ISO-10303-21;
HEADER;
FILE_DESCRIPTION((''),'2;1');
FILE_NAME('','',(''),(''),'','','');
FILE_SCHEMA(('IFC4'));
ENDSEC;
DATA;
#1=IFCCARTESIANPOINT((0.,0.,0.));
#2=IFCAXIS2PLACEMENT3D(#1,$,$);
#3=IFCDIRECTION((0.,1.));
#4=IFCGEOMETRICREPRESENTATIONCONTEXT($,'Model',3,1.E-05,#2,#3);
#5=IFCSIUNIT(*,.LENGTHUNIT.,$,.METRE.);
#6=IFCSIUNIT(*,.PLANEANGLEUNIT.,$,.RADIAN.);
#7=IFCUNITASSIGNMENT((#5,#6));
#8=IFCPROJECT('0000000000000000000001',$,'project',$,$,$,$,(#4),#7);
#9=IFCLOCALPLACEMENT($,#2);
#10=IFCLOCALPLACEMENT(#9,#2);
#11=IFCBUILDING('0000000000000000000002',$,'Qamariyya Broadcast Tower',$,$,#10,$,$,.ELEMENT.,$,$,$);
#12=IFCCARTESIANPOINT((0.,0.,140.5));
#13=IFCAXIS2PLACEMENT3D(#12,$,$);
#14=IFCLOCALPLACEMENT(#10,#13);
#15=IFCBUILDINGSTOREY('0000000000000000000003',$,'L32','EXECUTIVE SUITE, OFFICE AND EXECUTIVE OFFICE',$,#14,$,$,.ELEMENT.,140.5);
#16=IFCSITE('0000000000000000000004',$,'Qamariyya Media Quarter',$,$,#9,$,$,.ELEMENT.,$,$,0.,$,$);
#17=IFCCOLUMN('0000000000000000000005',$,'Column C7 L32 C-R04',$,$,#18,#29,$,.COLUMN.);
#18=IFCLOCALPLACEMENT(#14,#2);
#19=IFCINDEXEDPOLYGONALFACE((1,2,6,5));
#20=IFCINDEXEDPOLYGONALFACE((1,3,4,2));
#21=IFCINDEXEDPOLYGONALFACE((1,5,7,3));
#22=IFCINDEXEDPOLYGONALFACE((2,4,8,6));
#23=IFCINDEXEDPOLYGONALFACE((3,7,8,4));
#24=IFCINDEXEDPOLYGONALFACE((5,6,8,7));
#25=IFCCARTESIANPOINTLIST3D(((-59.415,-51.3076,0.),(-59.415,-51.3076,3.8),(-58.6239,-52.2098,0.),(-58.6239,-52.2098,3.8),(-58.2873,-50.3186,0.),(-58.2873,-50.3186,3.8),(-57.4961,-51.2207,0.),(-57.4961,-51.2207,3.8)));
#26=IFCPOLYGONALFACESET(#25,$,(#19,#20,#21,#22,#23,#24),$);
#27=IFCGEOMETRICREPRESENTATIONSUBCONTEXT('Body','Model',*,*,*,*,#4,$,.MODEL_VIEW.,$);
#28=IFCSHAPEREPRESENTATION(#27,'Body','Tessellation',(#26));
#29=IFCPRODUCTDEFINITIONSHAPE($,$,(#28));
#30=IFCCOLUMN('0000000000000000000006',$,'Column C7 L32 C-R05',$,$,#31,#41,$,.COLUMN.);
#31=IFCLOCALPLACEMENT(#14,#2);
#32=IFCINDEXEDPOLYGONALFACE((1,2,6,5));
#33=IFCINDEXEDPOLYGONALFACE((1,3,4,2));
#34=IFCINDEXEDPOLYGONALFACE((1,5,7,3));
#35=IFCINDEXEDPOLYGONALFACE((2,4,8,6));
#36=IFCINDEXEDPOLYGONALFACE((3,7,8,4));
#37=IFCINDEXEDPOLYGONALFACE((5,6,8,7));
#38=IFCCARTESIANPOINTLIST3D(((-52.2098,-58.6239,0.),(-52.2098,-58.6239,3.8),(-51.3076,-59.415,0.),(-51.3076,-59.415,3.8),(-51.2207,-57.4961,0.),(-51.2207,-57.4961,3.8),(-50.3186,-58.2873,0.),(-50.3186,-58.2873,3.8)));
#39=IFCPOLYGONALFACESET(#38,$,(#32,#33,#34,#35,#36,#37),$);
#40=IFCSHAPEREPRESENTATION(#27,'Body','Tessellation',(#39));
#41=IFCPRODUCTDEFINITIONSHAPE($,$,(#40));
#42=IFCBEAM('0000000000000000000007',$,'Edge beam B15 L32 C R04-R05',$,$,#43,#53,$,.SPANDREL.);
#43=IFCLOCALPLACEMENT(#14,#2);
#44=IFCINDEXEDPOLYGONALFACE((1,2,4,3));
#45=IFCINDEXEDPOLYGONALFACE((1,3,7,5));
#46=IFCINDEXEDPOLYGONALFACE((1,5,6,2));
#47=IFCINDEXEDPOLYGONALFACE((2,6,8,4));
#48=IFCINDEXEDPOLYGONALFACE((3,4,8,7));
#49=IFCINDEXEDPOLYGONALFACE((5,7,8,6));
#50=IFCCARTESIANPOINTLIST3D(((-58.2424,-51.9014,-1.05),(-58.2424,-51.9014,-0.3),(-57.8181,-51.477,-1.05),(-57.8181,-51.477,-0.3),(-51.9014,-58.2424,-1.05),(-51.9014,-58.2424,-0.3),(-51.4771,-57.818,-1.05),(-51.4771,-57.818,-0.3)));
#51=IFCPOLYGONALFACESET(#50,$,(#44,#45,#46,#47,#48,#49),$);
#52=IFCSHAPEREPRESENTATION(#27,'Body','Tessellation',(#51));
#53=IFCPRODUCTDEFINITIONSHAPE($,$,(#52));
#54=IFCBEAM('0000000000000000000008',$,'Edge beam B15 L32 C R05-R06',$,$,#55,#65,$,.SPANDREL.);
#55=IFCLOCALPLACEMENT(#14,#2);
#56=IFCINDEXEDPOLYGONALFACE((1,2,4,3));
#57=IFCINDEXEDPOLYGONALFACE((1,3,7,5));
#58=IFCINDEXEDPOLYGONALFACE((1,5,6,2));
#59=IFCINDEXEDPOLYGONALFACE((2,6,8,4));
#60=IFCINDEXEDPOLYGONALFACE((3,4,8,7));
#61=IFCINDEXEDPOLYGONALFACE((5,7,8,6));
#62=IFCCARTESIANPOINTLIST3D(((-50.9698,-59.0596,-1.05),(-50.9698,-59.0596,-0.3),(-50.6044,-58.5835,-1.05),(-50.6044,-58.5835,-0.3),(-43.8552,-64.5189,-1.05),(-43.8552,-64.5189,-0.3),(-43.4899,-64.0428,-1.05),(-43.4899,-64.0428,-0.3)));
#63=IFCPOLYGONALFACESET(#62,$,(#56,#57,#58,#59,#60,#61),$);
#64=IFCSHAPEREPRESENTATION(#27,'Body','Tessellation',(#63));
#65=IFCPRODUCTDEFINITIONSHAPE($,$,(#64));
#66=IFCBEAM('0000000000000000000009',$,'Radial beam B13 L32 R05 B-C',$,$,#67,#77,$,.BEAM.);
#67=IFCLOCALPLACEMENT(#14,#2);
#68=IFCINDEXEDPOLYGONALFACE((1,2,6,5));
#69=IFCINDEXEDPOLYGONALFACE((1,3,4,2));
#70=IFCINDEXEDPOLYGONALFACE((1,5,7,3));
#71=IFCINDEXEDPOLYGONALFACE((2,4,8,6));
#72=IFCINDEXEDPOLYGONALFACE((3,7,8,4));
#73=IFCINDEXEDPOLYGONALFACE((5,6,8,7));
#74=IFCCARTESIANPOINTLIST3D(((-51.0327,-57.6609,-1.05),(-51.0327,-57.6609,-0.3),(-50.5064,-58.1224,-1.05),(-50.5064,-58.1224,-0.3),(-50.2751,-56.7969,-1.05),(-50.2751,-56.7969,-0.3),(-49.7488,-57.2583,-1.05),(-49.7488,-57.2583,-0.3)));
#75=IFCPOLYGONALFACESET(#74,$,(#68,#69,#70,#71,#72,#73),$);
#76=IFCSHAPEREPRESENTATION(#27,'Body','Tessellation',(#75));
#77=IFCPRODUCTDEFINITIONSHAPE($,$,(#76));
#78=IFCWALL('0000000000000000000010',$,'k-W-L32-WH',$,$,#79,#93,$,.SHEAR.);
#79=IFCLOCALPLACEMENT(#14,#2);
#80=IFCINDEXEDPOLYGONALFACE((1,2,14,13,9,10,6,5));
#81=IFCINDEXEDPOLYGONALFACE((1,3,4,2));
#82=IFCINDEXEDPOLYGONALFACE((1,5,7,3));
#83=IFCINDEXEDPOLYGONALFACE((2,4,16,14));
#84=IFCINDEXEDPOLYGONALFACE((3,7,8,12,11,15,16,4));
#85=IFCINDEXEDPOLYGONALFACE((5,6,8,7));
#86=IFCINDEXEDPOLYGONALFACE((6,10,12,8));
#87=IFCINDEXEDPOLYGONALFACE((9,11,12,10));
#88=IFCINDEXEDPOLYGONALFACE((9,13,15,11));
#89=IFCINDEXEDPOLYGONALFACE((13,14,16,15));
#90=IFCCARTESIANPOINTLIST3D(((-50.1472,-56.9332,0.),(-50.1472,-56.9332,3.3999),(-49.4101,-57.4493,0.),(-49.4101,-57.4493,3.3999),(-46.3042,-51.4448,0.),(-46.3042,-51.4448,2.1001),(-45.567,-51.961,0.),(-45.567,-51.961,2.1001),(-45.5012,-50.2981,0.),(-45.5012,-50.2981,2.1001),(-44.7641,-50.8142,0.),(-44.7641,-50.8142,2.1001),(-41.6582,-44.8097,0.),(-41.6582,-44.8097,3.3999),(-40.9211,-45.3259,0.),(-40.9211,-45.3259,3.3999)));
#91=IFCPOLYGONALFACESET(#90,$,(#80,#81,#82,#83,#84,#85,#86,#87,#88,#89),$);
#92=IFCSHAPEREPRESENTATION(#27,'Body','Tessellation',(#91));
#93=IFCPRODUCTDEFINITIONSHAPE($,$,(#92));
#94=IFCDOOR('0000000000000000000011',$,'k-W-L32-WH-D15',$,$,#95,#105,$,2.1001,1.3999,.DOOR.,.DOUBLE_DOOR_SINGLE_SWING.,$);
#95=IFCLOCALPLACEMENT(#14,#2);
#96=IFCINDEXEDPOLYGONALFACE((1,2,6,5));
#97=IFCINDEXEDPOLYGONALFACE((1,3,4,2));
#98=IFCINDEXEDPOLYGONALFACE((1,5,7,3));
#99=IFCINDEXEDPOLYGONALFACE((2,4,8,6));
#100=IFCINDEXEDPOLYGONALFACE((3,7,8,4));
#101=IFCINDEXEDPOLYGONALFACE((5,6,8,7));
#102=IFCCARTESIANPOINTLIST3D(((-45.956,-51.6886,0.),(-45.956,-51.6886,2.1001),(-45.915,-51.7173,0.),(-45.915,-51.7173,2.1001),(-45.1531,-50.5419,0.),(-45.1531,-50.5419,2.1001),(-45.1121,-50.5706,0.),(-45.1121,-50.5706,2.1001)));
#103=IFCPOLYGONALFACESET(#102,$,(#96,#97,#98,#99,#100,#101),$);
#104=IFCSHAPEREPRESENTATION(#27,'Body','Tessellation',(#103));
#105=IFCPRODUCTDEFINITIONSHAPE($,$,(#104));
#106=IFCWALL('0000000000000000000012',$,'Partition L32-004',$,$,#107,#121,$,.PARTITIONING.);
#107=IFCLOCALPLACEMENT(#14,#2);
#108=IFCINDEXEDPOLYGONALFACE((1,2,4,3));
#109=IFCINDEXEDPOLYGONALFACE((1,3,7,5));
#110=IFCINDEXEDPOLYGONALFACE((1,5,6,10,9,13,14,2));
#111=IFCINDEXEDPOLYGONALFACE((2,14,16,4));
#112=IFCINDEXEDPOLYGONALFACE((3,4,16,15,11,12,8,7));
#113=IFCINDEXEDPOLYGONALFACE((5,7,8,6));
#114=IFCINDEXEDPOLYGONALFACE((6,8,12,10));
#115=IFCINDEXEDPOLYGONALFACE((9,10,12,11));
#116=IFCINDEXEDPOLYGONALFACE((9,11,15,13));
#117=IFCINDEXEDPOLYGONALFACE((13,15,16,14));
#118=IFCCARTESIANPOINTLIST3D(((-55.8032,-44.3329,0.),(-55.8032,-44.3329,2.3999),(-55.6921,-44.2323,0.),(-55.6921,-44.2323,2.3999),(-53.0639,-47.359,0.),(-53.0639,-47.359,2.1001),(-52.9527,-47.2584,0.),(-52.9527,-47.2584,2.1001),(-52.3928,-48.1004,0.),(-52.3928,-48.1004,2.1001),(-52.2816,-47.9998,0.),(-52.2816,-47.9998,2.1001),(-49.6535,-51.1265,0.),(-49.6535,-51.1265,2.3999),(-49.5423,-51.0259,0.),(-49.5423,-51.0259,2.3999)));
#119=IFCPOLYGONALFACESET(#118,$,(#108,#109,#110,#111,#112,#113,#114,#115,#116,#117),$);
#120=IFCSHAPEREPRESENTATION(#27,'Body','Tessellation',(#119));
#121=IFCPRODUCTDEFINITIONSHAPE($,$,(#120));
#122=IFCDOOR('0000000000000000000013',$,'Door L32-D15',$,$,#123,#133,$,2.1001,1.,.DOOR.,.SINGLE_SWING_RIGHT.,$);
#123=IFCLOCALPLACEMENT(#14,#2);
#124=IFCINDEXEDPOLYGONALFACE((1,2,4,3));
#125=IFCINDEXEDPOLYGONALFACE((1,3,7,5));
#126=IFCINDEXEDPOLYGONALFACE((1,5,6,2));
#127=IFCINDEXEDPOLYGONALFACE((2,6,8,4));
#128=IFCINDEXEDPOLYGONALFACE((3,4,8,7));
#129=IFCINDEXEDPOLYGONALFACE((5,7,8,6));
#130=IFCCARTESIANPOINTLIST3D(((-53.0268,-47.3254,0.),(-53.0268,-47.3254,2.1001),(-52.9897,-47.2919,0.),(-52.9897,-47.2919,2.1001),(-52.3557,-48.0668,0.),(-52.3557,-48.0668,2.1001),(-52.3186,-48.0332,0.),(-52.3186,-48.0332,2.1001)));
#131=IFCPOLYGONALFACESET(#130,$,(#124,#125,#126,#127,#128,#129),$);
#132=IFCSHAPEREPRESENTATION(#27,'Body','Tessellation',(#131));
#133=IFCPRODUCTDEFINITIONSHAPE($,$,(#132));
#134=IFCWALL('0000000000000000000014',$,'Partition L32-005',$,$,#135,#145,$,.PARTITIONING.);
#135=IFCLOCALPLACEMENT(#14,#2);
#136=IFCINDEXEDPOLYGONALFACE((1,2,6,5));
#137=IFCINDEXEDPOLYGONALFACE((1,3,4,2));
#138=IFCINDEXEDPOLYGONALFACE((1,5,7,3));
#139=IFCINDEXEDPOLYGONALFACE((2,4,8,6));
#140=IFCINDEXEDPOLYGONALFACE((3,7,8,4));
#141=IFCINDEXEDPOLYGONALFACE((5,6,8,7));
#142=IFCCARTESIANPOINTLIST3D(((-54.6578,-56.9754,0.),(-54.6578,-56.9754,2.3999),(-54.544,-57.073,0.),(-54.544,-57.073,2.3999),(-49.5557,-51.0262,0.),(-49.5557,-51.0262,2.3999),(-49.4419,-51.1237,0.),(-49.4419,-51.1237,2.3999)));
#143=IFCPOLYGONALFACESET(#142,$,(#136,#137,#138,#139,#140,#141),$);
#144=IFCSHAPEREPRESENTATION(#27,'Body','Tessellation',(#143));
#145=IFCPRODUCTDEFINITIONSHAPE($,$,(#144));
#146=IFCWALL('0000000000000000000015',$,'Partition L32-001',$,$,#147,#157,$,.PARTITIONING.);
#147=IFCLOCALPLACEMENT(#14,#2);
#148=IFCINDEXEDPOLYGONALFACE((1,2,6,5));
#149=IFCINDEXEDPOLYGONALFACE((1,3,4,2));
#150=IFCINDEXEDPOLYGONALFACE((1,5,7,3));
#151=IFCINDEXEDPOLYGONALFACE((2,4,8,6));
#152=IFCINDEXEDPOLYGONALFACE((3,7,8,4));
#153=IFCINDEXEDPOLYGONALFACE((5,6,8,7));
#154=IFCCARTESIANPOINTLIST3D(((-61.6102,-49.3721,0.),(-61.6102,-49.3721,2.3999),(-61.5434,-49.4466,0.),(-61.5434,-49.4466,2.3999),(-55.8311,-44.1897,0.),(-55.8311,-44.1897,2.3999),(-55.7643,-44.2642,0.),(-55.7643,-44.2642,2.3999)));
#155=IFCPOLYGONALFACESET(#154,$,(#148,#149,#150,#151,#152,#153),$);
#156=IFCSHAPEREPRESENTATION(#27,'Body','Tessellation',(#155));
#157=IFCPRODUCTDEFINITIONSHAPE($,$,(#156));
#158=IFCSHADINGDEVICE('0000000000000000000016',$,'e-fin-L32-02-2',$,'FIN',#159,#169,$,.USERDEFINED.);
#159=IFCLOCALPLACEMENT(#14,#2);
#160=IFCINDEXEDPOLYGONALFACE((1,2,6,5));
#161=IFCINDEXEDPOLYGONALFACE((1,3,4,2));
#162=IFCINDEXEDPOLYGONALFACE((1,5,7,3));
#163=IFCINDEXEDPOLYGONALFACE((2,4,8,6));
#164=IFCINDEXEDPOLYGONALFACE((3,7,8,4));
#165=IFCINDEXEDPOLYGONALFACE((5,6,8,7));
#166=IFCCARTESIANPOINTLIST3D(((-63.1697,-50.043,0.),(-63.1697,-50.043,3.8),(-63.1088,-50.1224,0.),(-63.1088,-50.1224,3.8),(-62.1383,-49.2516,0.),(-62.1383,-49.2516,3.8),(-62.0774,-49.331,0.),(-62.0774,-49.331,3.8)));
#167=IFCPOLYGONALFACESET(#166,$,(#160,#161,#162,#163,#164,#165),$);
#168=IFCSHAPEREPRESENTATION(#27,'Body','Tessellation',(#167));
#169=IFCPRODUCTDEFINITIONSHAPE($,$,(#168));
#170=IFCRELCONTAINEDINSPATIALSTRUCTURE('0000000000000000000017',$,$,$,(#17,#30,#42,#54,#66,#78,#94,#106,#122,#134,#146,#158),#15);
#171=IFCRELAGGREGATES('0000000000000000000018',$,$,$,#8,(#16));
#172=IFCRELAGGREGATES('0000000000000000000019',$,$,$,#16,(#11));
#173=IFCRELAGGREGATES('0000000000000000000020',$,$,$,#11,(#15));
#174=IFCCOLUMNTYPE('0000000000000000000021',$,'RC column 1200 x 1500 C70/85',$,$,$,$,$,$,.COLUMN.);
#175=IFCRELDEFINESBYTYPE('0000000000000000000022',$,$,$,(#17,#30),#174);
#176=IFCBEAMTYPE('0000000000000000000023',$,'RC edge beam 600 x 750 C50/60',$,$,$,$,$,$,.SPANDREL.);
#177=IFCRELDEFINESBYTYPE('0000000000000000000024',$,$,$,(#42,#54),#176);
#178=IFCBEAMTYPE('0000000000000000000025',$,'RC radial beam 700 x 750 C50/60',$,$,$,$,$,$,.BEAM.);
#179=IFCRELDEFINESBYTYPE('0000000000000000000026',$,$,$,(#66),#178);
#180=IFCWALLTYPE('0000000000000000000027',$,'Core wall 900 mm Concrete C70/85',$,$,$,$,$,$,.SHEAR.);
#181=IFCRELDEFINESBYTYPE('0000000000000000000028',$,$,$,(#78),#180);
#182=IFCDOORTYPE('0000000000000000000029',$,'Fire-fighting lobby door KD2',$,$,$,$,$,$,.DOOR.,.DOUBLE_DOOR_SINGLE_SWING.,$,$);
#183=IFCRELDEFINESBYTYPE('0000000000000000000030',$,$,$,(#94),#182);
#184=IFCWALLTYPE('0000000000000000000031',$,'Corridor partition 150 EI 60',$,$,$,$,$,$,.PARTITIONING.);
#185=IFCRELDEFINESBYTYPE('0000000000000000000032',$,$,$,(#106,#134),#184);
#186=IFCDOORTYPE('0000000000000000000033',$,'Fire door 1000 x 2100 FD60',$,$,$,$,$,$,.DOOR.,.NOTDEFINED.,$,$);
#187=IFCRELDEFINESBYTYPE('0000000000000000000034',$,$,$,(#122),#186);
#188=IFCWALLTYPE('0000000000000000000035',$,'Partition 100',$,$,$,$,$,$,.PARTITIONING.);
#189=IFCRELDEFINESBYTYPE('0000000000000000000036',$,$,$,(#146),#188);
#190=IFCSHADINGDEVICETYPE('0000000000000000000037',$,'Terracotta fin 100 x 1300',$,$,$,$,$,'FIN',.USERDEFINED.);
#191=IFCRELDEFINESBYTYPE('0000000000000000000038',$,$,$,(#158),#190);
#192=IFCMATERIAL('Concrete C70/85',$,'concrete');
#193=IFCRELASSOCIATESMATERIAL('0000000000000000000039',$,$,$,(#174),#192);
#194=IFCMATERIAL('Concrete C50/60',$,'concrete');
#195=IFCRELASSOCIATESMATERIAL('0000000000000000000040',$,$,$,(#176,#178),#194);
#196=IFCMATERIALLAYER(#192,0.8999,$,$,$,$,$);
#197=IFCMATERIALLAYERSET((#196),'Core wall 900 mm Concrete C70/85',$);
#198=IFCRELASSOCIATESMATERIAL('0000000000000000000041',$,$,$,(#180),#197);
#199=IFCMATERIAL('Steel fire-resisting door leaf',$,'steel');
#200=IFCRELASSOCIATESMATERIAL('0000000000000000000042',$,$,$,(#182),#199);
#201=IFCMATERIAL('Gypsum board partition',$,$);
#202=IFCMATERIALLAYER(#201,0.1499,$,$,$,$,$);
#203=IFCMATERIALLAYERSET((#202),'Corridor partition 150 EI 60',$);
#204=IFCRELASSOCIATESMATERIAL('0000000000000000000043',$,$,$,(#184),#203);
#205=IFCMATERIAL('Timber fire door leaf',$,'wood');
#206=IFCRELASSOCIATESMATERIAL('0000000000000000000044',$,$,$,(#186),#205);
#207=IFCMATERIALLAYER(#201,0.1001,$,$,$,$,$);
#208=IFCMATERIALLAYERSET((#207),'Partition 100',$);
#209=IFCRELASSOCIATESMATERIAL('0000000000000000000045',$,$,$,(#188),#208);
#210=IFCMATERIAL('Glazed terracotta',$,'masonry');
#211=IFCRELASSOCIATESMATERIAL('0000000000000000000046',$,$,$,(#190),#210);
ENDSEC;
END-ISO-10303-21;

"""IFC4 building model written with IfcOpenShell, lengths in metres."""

from ifc_helpers import new_model, si_unit, direction, frame, frame_2d, origin, origin_2d, place, context, subcontext, project, spatial, rectangle, extrude, material, layer, layer_set, material_profile, profile_set, type_object, element, fill, save


model = new_model("IFC4")

# Units and contexts
model_context = context("Model", 3, precision=1e-05, world=origin(), true_north=direction((0.0, 1.0)))
body_context = subcontext(model_context, "Body", "Model", "MODEL_VIEW")
ifc_project = project(units=[si_unit("LENGTHUNIT", "METRE"), si_unit("PLANEANGLEUNIT", "RADIAN")], contexts=[model_context])

# Site, building, storey
site_placement = place(None, origin())
site = spatial("IfcSite", under=ifc_project, at=site_placement, Name="Qamariyya Media Quarter", CompositionType="ELEMENT", RefElevation=0.0)
building_placement = place(site_placement, origin())
building = spatial("IfcBuilding", under=site, at=building_placement, Name="Qamariyya Broadcast Tower", CompositionType="ELEMENT")
storey_placement = place(building_placement, frame((0.0, 0.0, 140.5)))
storey = spatial("IfcBuildingStorey", under=building, at=storey_placement, Name="L32", Description="EXECUTIVE SUITE, OFFICE AND EXECUTIVE OFFICE", CompositionType="ELEMENT", Elevation=140.5)

# Columns
ifc_material_1 = material(Name="Concrete C70/85", Category="concrete")
ifc_material_profile_1 = material_profile(ifc_material_1, rectangle(XDim=1.2, YDim=1.5, at=origin_2d()))
ifc_profile_set_1 = profile_set([ifc_material_profile_1], Name="Concrete C70/85")
column_type = type_object("IfcColumnType", Name="RC column 1200 x 1500 C70/85", PredefinedType="COLUMN", material=ifc_profile_set_1)
for number, where, z_axis, x_axis, name in (
    (1, (-58.4556, -51.2642, 0.0), (0.0, 0.0, 1.0), (0.659346, -0.75184, 0.0), "Column C7 L32 C-R04"),
    (2, (-51.2642, -58.4556, 0.0), (0.0, 0.0, 1.0), (0.75184, -0.659346, 0.0), "Column C7 L32 C-R05"),
):
    element("IfcColumn", number, at=place(storey_placement, frame(where, z_axis=z_axis, x_axis=x_axis)), inside=storey, type_object=column_type, Name=name, PredefinedType="COLUMN", context=body_context, shape_type="SweptSolid", body=[
        extrude(rectangle(XDim=1.2, YDim=1.5, at=origin_2d()), origin(), (0.0, 0.0, 1.0), 3.8),
    ])

# Beams
ifc_material_2 = material(Name="Concrete C50/60", Category="concrete")
ifc_material_profile_2 = material_profile(ifc_material_2, rectangle(XDim=0.6001, YDim=0.75, at=origin_2d()))
ifc_profile_set_2 = profile_set([ifc_material_profile_2], Name="Concrete C50/60")
beam_type_1 = type_object("IfcBeamType", Name="RC edge beam 600 x 750 C50/60", PredefinedType="SPANDREL", material=ifc_profile_set_2)
beam_1_placement = place(storey_placement, frame((-58.0303, -51.6892, -0.675), z_axis=(0.707107, -0.707107, 0.0), x_axis=(0.707107, 0.707107, 0.0)))
element("IfcBeam", 3, at=beam_1_placement, inside=storey, type_object=beam_type_1, Name="Edge beam B15 L32 C R04-R05", PredefinedType="SPANDREL", context=body_context, shape_type="SweptSolid", body=[
    extrude(rectangle(XDim=0.6001, YDim=0.75, at=origin_2d()), origin(), (0.0, 0.0, 1.0), 8.9675),
])
beam_2_placement = place(storey_placement, frame((-50.7871, -58.8215, -0.675), z_axis=(0.793349, -0.608767, 0.0), x_axis=(0.608767, 0.793349, 0.0)))
element("IfcBeam", 4, at=beam_2_placement, inside=storey, type_object=beam_type_1, Name="Edge beam B15 L32 C R05-R06", PredefinedType="SPANDREL", context=body_context, shape_type="SweptSolid", body=[
    extrude(rectangle(XDim=0.6001, YDim=0.75, at=origin_2d()), origin(), (0.0, 0.0, 1.0), 8.9678),
])
ifc_material_profile_3 = material_profile(ifc_material_2, rectangle(XDim=0.7, YDim=0.75, at=origin_2d()))
ifc_profile_set_3 = profile_set([ifc_material_profile_3], Name="Concrete C50/60")
beam_type_2 = type_object("IfcBeamType", Name="RC radial beam 700 x 750 C50/60", PredefinedType="BEAM", material=ifc_profile_set_3)
beam_3_placement = place(storey_placement, frame((-50.012, -57.0276, -0.675), z_axis=(-0.659271, -0.751905, 0.0), x_axis=(0.751905, -0.659271, 0.0)))
element("IfcBeam", 5, at=beam_3_placement, inside=storey, type_object=beam_type_2, Name="Radial beam B13 L32 R05 B-C", PredefinedType="BEAM", context=body_context, shape_type="SweptSolid", body=[
    extrude(rectangle(XDim=0.7, YDim=0.75, at=origin_2d()), origin(), (0.0, 0.0, 1.0), 1.1492),
])

# Walls, openings, doors
ifc_layer_1 = layer(ifc_material_1, 0.8999)
ifc_layer_set_1 = layer_set([ifc_layer_1], Name="Core wall 900 mm Concrete C70/85")
wall_type_1 = type_object("IfcWallType", Name="Core wall 900 mm Concrete C70/85", PredefinedType="SHEAR", material=ifc_layer_set_1)
wall_1_placement = place(storey_placement, frame((-49.7786, -57.1912, 0.0), z_axis=(0.0, 0.0, 1.0), x_axis=(0.573577, 0.819151, 0.0)))
wall_1 = element("IfcWall", 6, at=wall_1_placement, inside=storey, type_object=wall_type_1, Name="k-W-L32-WH", PredefinedType="SHEAR", context=body_context, shape_type="SweptSolid", body=[
    extrude(rectangle(XDim=14.8, YDim=0.8999, at=frame_2d((7.3999, 0.0))), origin(), (0.0, 0.0, 1.0), 3.3999),
])
opening_1_placement = place(wall_1_placement, frame((6.7, 0.0, 0.0)))
opening_1 = element("IfcOpeningElement", 7, at=opening_1_placement, cuts=wall_1, PredefinedType="OPENING", context=body_context, shape_type="SweptSolid", body=[
    extrude(rectangle(XDim=1.3999, YDim=2.1001, at=frame_2d((0.7, 1.05))), frame((0.0, 0.46, 0.0), z_axis=(0.0, -1.0, 0.0), x_axis=(1.0, 0.0, 0.0)), (0.0, 0.0, 1.0), 0.9199),
])
ifc_material_3 = material(Name="Steel fire-resisting door leaf", Category="steel")
door_type_1 = type_object("IfcDoorType", Name="Fire-fighting lobby door KD2", OperationType="DOUBLE_DOOR_SINGLE_SWING", PredefinedType="DOOR", material=ifc_material_3)
door_1_placement = place(opening_1_placement, origin())
door_1 = element("IfcDoor", 8, at=door_1_placement, inside=storey, type_object=door_type_1, Name="k-W-L32-WH-D15", OperationType="DOUBLE_DOOR_SINGLE_SWING", OverallHeight=2.1001, OverallWidth=1.3999, PredefinedType="DOOR", context=body_context, shape_type="SweptSolid", body=[
    extrude(rectangle(XDim=1.3999, YDim=2.1001, at=frame_2d((0.7, 1.05))), frame((0.0, 0.0249, 0.0), z_axis=(0.0, -1.0, 0.0), x_axis=(1.0, 0.0, 0.0)), (0.0, 0.0, 1.0), 0.05),
])
fill(opening_1, door_1)
ifc_material_4 = material(Name="Gypsum board partition")
ifc_layer_2 = layer(ifc_material_4, 0.1499)
ifc_layer_set_2 = layer_set([ifc_layer_2], Name="Corridor partition 150 EI 60")
wall_type_2 = type_object("IfcWallType", Name="Corridor partition 150 EI 60", PredefinedType="PARTITIONING", material=ifc_layer_set_2)
wall_2_placement = place(storey_placement, frame((-49.5979, -51.0762, 0.0), z_axis=(0.0, 0.0, 1.0), x_axis=(-0.671105, 0.741362, 0.0)))
wall_2 = element("IfcWall", 9, at=wall_2_placement, inside=storey, type_object=wall_type_2, Name="Partition L32-004", PredefinedType="PARTITIONING", context=body_context, shape_type="SweptSolid", body=[
    extrude(rectangle(XDim=9.1636, YDim=0.1499, at=frame_2d((4.5818, 0.0))), origin(), (0.0, 0.0, 1.0), 2.3999),
])
opening_2_placement = place(wall_2_placement, frame((4.0818, 0.0, 0.0)))
opening_2 = element("IfcOpeningElement", 10, at=opening_2_placement, cuts=wall_2, PredefinedType="OPENING", context=body_context, shape_type="SweptSolid", body=[
    extrude(rectangle(XDim=1.0, YDim=2.1001, at=frame_2d((0.5, 1.05))), frame((0.0, 0.085, 0.0), z_axis=(0.0, -1.0, 0.0), x_axis=(1.0, 0.0, 0.0)), (0.0, 0.0, 1.0), 0.1699),
])
ifc_material_5 = material(Name="Timber fire door leaf", Category="wood")
door_type_2 = type_object("IfcDoorType", Name="Fire door 1000 x 2100 FD60", OperationType="NOTDEFINED", PredefinedType="DOOR", material=ifc_material_5)
door_2_placement = place(opening_2_placement, origin())
door_2 = element("IfcDoor", 11, at=door_2_placement, inside=storey, type_object=door_type_2, Name="Door L32-D15", OperationType="SINGLE_SWING_RIGHT", OverallHeight=2.1001, OverallWidth=1.0, PredefinedType="DOOR", context=body_context, shape_type="SweptSolid", body=[
    extrude(rectangle(XDim=1.0, YDim=2.1001, at=frame_2d((0.5, 1.05))), frame((0.0, 0.0249, 0.0), z_axis=(0.0, -1.0, 0.0), x_axis=(1.0, 0.0, 0.0)), (0.0, 0.0, 1.0), 0.05),
])
fill(opening_2, door_2)

# Walls
wall_3_placement = place(storey_placement, frame((-49.4988, -51.075, 0.0), z_axis=(0.0, 0.0, 1.0), x_axis=(-0.650991, -0.759085, 0.0)))
element("IfcWall", 12, at=wall_3_placement, inside=storey, type_object=wall_type_2, Name="Partition L32-005", PredefinedType="PARTITIONING", context=body_context, shape_type="SweptSolid", body=[
    extrude(rectangle(XDim=7.8374, YDim=0.1499, at=frame_2d((3.9187, 0.0))), origin(), (0.0, 0.0, 1.0), 2.3999),
])
ifc_layer_3 = layer(ifc_material_4, 0.1001)
ifc_layer_set_3 = layer_set([ifc_layer_3], Name="Partition 100")
wall_type_3 = type_object("IfcWallType", Name="Partition 100", PredefinedType="PARTITIONING", material=ifc_layer_set_3)
wall_4_placement = place(storey_placement, frame((-61.5769, -49.4094, 0.0), z_axis=(0.0, 0.0, 1.0), x_axis=(0.744496, 0.667627, 0.0)))
element("IfcWall", 13, at=wall_4_placement, inside=storey, type_object=wall_type_3, Name="Partition L32-001", PredefinedType="PARTITIONING", context=body_context, shape_type="SweptSolid", body=[
    extrude(rectangle(XDim=7.7625, YDim=0.1001, at=frame_2d((3.8813, 0.0))), origin(), (0.0, 0.0, 1.0), 2.3999),
])

# Shading device
ifc_material_6 = material(Name="Glazed terracotta", Category="masonry")
ifc_material_profile_4 = material_profile(ifc_material_6, rectangle(XDim=1.3, YDim=0.1001, at=origin_2d()))
ifc_profile_set_4 = profile_set([ifc_material_profile_4], Name="Glazed terracotta")
shading_device_type_1 = type_object("IfcShadingDeviceType", Name="Terracotta fin 100 x 1300", ElementType="FIN", PredefinedType="USERDEFINED", material=ifc_profile_set_4)
for number, where, z_axis, x_axis, name in (
    (14, (-62.6235, -49.687, 0.0), (0.0, 0.0, 1.0), (-0.793353, -0.608761, 0.0), "e-fin-L32-02-2"),
):
    element("IfcShadingDevice", number, at=place(storey_placement, frame(where, z_axis=z_axis, x_axis=x_axis)), inside=storey, type_object=shading_device_type_1, Name=name, ObjectType="FIN", PredefinedType="USERDEFINED", context=body_context, shape_type="SweptSolid", body=[
        extrude(rectangle(XDim=1.3, YDim=0.1001, at=origin_2d()), origin(), (0.0, 0.0, 1.0), 3.8),
    ])

save(model, "model.ifc")
